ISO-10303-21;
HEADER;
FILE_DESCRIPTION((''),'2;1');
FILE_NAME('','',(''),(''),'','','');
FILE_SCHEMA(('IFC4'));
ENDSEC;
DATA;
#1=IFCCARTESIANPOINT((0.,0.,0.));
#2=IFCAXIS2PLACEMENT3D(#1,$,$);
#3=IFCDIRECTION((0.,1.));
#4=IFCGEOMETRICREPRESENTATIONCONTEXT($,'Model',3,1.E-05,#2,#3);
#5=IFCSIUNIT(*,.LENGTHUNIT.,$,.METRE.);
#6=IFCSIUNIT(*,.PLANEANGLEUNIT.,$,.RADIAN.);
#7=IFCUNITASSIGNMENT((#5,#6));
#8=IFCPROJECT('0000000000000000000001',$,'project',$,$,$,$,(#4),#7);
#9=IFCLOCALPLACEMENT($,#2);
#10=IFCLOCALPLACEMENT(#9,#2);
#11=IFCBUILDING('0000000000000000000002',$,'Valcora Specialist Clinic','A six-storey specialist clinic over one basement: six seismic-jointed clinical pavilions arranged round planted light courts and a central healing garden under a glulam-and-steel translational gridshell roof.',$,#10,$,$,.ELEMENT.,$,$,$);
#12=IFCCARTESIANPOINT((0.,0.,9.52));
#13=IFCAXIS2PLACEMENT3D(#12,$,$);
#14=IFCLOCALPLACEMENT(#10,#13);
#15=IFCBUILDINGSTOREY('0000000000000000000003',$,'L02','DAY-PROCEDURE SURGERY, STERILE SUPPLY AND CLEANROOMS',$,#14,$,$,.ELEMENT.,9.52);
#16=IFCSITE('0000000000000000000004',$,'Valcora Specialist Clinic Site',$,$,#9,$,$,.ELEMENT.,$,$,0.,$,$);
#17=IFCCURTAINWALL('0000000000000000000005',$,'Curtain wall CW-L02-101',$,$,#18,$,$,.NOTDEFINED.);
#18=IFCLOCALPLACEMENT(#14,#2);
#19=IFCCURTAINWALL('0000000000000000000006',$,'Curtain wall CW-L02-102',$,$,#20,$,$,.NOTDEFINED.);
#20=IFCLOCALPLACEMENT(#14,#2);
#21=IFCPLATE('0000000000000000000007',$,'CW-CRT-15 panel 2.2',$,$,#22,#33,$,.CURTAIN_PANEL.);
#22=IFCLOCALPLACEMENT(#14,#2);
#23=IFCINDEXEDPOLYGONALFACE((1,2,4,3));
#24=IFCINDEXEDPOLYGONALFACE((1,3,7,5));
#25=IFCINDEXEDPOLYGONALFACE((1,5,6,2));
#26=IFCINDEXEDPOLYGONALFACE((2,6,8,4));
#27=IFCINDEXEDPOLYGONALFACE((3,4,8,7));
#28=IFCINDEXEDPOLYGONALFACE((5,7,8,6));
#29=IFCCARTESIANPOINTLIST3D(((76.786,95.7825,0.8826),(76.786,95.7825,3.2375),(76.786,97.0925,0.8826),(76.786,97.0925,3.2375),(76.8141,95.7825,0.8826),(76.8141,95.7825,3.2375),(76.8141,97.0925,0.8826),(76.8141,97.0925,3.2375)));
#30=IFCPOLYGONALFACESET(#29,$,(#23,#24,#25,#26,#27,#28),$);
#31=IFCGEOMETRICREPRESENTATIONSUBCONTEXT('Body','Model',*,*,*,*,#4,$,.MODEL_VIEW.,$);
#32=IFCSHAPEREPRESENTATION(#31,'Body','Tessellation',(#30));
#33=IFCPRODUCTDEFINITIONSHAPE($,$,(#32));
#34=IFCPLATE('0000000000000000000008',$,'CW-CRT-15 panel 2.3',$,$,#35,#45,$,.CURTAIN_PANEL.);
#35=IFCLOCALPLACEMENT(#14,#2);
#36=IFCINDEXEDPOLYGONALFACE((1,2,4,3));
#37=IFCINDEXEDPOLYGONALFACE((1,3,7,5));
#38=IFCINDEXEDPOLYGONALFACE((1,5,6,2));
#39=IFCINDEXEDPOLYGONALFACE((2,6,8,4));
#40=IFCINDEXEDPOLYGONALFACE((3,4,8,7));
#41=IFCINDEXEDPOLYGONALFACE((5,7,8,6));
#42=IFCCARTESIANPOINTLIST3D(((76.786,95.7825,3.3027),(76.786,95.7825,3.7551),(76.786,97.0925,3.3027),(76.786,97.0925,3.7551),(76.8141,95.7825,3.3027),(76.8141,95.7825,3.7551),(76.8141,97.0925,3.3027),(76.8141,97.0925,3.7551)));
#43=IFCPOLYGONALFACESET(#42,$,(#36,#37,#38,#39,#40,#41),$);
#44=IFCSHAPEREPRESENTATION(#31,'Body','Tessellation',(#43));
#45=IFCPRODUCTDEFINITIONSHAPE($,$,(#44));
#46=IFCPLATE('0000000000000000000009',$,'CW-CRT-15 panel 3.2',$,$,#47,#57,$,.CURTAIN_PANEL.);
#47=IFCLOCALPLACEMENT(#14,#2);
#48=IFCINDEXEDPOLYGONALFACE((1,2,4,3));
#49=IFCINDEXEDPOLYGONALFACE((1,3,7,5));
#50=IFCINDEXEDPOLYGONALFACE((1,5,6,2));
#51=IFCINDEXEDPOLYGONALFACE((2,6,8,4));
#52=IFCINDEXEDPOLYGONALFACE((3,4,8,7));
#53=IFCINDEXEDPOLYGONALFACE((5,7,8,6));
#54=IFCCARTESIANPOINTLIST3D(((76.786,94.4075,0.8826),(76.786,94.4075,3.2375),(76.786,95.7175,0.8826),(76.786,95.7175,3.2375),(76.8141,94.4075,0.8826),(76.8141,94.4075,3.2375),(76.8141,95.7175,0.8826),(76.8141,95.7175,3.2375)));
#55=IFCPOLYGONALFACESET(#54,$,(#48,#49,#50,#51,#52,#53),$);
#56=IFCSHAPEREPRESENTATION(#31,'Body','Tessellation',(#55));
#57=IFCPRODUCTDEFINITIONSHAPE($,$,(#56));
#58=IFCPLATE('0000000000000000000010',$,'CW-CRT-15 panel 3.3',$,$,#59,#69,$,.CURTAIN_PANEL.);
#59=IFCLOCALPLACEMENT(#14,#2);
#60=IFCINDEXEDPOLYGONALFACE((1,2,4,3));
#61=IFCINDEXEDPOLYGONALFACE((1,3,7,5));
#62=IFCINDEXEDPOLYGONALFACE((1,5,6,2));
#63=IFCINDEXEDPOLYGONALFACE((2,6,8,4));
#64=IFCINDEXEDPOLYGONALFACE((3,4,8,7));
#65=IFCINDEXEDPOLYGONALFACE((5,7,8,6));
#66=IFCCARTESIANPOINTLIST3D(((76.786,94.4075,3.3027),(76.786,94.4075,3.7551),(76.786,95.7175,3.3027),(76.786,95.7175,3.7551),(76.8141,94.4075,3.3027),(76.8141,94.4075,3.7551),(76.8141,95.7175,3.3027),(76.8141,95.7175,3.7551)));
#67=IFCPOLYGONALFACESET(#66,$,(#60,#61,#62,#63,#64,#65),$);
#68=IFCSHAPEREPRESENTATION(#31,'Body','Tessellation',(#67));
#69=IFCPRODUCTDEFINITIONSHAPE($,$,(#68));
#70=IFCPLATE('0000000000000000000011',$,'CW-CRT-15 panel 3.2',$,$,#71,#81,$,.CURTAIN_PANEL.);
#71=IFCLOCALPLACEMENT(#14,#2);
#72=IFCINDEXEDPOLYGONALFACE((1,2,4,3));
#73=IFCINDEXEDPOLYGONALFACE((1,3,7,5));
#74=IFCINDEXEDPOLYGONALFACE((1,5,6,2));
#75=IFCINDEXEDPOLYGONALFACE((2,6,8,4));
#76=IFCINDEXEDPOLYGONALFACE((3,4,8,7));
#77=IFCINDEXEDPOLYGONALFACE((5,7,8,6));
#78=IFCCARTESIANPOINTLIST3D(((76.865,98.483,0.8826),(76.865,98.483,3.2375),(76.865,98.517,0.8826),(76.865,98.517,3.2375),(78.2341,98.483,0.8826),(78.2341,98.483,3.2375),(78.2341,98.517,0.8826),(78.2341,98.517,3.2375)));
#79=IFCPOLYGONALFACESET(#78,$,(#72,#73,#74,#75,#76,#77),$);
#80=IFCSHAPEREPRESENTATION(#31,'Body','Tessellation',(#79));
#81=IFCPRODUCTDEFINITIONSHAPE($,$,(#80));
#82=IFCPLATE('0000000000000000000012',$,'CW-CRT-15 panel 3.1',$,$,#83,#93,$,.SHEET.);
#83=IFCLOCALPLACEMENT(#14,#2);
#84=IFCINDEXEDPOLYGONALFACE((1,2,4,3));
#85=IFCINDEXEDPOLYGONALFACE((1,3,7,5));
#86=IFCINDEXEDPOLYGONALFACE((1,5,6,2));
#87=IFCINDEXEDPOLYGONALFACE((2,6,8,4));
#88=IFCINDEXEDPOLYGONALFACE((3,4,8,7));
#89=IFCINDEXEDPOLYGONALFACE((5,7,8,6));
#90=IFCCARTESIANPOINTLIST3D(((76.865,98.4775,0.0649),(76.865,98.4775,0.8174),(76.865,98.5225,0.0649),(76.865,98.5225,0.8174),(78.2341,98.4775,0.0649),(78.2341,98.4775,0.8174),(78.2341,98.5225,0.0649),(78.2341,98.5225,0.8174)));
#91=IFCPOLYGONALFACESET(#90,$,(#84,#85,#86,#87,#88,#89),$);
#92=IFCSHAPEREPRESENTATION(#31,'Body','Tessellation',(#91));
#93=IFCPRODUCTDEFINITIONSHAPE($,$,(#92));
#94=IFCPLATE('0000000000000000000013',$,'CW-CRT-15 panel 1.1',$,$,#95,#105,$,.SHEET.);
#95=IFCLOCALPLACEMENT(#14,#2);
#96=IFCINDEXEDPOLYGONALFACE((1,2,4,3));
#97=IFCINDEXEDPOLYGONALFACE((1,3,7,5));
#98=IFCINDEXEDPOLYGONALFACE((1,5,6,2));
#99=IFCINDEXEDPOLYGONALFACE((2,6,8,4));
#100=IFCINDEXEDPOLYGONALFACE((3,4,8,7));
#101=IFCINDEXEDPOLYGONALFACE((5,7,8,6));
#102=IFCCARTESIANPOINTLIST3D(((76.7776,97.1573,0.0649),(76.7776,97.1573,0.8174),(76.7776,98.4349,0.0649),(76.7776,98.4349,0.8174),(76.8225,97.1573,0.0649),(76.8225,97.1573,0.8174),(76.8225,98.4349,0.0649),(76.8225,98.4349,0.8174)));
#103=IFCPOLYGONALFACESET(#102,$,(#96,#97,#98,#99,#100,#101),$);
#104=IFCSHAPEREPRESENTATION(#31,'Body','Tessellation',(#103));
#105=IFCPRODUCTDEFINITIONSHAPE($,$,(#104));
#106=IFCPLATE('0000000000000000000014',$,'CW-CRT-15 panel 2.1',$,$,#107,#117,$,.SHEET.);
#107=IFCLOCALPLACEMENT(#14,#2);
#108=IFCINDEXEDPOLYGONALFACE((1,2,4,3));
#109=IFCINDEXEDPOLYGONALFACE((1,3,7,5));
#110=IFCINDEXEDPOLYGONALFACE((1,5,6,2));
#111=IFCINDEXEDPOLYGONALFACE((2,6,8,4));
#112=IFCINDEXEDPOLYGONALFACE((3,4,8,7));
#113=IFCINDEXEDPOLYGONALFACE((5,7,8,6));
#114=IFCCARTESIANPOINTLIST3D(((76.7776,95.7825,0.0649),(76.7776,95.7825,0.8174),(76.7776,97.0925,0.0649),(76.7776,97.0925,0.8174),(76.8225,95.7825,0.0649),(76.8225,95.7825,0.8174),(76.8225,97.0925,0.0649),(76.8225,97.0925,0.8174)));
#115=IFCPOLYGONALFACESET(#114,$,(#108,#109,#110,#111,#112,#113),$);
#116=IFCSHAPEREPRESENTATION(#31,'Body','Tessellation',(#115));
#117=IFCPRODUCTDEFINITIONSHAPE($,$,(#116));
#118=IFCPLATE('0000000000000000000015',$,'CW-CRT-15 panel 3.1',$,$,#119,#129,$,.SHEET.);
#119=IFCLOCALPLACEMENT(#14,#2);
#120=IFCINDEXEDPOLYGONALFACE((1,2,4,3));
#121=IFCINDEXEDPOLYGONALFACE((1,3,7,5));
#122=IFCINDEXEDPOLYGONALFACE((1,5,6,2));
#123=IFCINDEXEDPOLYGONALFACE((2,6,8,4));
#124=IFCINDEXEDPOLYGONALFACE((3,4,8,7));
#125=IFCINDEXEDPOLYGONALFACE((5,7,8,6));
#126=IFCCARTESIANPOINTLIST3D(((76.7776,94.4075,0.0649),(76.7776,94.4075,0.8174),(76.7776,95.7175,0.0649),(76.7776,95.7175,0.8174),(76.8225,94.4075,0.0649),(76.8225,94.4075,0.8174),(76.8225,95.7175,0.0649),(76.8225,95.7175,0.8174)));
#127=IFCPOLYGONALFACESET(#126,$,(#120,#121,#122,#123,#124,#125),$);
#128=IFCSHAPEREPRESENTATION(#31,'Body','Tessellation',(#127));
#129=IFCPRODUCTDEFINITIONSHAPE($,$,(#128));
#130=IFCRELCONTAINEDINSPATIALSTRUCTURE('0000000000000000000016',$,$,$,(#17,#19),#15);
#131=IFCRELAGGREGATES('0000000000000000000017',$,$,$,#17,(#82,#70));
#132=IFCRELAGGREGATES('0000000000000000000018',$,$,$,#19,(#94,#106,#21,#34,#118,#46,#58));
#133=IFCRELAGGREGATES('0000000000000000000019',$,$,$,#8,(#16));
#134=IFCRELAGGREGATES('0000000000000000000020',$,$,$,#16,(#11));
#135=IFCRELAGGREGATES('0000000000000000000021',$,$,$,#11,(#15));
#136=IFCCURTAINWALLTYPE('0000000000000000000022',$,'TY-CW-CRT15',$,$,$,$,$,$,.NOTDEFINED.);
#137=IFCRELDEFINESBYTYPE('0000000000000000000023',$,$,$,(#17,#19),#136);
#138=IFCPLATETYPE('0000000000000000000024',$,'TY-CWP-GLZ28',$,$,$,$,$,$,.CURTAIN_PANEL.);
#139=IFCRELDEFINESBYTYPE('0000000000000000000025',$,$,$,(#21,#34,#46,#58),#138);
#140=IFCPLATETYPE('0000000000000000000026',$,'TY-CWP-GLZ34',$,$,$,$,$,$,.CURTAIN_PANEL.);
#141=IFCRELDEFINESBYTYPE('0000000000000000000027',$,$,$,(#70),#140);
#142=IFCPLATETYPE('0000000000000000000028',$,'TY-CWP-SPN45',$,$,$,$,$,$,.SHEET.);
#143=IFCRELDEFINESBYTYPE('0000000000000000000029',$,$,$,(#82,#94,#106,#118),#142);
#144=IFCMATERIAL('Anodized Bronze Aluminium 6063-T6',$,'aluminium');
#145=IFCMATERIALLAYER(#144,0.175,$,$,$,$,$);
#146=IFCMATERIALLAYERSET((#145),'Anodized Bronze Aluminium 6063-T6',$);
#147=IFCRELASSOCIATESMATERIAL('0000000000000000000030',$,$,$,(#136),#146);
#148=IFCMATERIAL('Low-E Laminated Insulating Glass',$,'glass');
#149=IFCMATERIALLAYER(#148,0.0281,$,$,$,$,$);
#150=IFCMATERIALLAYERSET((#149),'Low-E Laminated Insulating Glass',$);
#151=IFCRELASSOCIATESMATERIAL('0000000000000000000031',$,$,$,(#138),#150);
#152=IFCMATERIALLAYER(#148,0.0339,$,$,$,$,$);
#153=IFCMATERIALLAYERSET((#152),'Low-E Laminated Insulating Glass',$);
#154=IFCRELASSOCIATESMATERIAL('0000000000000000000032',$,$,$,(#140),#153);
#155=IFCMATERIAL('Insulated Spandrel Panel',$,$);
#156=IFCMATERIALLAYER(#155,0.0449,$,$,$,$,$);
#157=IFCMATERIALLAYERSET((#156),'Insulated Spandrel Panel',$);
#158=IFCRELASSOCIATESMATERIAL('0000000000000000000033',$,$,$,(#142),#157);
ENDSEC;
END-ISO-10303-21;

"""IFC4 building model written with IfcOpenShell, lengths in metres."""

from ifc_helpers import new_model, si_unit, direction, frame, origin, origin_2d, place, context, subcontext, project, spatial, rectangle, extrude, material, layer, layer_set, type_object, element, aggregate, save


model = new_model("IFC4")

# Units and contexts
model_context = context("Model", 3, precision=1e-05, world=origin(), true_north=direction((0.0, 1.0)))
body_context = subcontext(model_context, "Body", "Model", "MODEL_VIEW")
ifc_project = project(units=[si_unit("LENGTHUNIT", "METRE"), si_unit("PLANEANGLEUNIT", "RADIAN")], contexts=[model_context])

# Site, building, storey
site_placement = place(None, origin())
site = spatial("IfcSite", under=ifc_project, at=site_placement, Name="Valcora Specialist Clinic Site", CompositionType="ELEMENT", RefElevation=0.0)
building_placement = place(site_placement, origin())
building = spatial("IfcBuilding", under=site, at=building_placement, Name="Valcora Specialist Clinic", Description="A six-storey specialist clinic over one basement: six seismic-jointed clinical pavilions arranged round planted light courts and a central healing garden under a glulam-and-steel translational gridshell roof.", CompositionType="ELEMENT")
storey_placement = place(building_placement, frame((0.0, 0.0, 9.52)))
storey = spatial("IfcBuildingStorey", under=building, at=storey_placement, Name="L02", Description="DAY-PROCEDURE SURGERY, STERILE SUPPLY AND CLEANROOMS", CompositionType="ELEMENT", Elevation=9.52)

# Curtain wall
ifc_material_1 = material(Name="Anodized Bronze Aluminium 6063-T6", Category="aluminium")
ifc_layer_1 = layer(ifc_material_1, 0.175)
ifc_layer_set_1 = layer_set([ifc_layer_1], Name="Anodized Bronze Aluminium 6063-T6")
curtain_wall_type = type_object("IfcCurtainWallType", Name="TY-CW-CRT15", PredefinedType="NOTDEFINED", material=ifc_layer_set_1)
curtain_wall_1_placement = place(storey_placement, origin())
curtain_wall_1 = element("IfcCurtainWall", 1, at=curtain_wall_1_placement, inside=storey, type_object=curtain_wall_type, Name="Curtain wall CW-L02-101", PredefinedType="NOTDEFINED")

# Curtain wall, plates
curtain_wall_2_placement = place(storey_placement, origin())
curtain_wall_2 = element("IfcCurtainWall", 2, at=curtain_wall_2_placement, inside=storey, type_object=curtain_wall_type, Name="Curtain wall CW-L02-102", PredefinedType="NOTDEFINED")
ifc_material_2 = material(Name="Low-E Laminated Insulating Glass", Category="glass")
ifc_layer_2 = layer(ifc_material_2, 0.0281)
ifc_layer_set_2 = layer_set([ifc_layer_2], Name="Low-E Laminated Insulating Glass")
plate_type_1 = type_object("IfcPlateType", Name="TY-CWP-GLZ28", PredefinedType="CURTAIN_PANEL", material=ifc_layer_set_2)
plate_1_placement = place(storey_placement, frame((76.8, 96.4375, 0.8826), z_axis=(0.0, 0.0, 1.0), x_axis=(0.0, -1.0, 0.0)))
plate_1 = element("IfcPlate", 3, at=plate_1_placement, type_object=plate_type_1, Name="CW-CRT-15 panel 2.2", PredefinedType="CURTAIN_PANEL", context=body_context, shape_type="SweptSolid", body=[
    extrude(rectangle(XDim=1.3101, YDim=0.0281, at=origin_2d()), origin(), (0.0, 0.0, 1.0), 2.355),
])
plate_2_placement = place(storey_placement, frame((76.8, 96.4375, 3.3027), z_axis=(0.0, 0.0, 1.0), x_axis=(0.0, -1.0, 0.0)))
plate_2 = element("IfcPlate", 4, at=plate_2_placement, type_object=plate_type_1, Name="CW-CRT-15 panel 2.3", PredefinedType="CURTAIN_PANEL", context=body_context, shape_type="SweptSolid", body=[
    extrude(rectangle(XDim=1.3101, YDim=0.0281, at=origin_2d()), origin(), (0.0, 0.0, 1.0), 0.4524),
])
plate_3_placement = place(storey_placement, frame((76.8, 95.0625, 0.8826), z_axis=(0.0, 0.0, 1.0), x_axis=(0.0, -1.0, 0.0)))
plate_3 = element("IfcPlate", 5, at=plate_3_placement, type_object=plate_type_1, Name="CW-CRT-15 panel 3.2", PredefinedType="CURTAIN_PANEL", context=body_context, shape_type="SweptSolid", body=[
    extrude(rectangle(XDim=1.3101, YDim=0.0281, at=origin_2d()), origin(), (0.0, 0.0, 1.0), 2.355),
])
plate_4_placement = place(storey_placement, frame((76.8, 95.0625, 3.3027), z_axis=(0.0, 0.0, 1.0), x_axis=(0.0, -1.0, 0.0)))
plate_4 = element("IfcPlate", 6, at=plate_4_placement, type_object=plate_type_1, Name="CW-CRT-15 panel 3.3", PredefinedType="CURTAIN_PANEL", context=body_context, shape_type="SweptSolid", body=[
    extrude(rectangle(XDim=1.3101, YDim=0.0281, at=origin_2d()), origin(), (0.0, 0.0, 1.0), 0.4524),
])

# Plates
ifc_layer_3 = layer(ifc_material_2, 0.0339)
ifc_layer_set_3 = layer_set([ifc_layer_3], Name="Low-E Laminated Insulating Glass")
plate_type_2 = type_object("IfcPlateType", Name="TY-CWP-GLZ34", PredefinedType="CURTAIN_PANEL", material=ifc_layer_set_3)
plate_5_placement = place(storey_placement, frame((77.5496, 98.5, 0.8826), z_axis=(0.0, 0.0, 1.0), x_axis=(-1.0, 0.0, 0.0)))
plate_5 = element("IfcPlate", 7, at=plate_5_placement, type_object=plate_type_2, Name="CW-CRT-15 panel 3.2", PredefinedType="CURTAIN_PANEL", context=body_context, shape_type="SweptSolid", body=[
    extrude(rectangle(XDim=1.3691, YDim=0.0339, at=origin_2d()), origin(), (0.0, 0.0, 1.0), 2.355),
])
ifc_material_3 = material(Name="Insulated Spandrel Panel")
ifc_layer_4 = layer(ifc_material_3, 0.0449)
ifc_layer_set_4 = layer_set([ifc_layer_4], Name="Insulated Spandrel Panel")
plate_type_3 = type_object("IfcPlateType", Name="TY-CWP-SPN45", PredefinedType="SHEET", material=ifc_layer_set_4)
plate_6_placement = place(storey_placement, frame((77.5496, 98.5, 0.0649), z_axis=(0.0, 0.0, 1.0), x_axis=(-1.0, 0.0, 0.0)))
plate_6 = element("IfcPlate", 8, at=plate_6_placement, type_object=plate_type_3, Name="CW-CRT-15 panel 3.1", PredefinedType="SHEET", context=body_context, shape_type="SweptSolid", body=[
    extrude(rectangle(XDim=1.3691, YDim=0.0449, at=origin_2d()), origin(), (0.0, 0.0, 1.0), 0.7524),
])
aggregate(curtain_wall_1, [plate_6, plate_5])
plate_7_placement = place(storey_placement, frame((76.8, 97.7961, 0.0649), z_axis=(0.0, 0.0, 1.0), x_axis=(0.0, -1.0, 0.0)))
plate_7 = element("IfcPlate", 9, at=plate_7_placement, type_object=plate_type_3, Name="CW-CRT-15 panel 1.1", PredefinedType="SHEET", context=body_context, shape_type="SweptSolid", body=[
    extrude(rectangle(XDim=1.2776, YDim=0.0449, at=origin_2d()), origin(), (0.0, 0.0, 1.0), 0.7524),
])
plate_8_placement = place(storey_placement, frame((76.8, 96.4375, 0.0649), z_axis=(0.0, 0.0, 1.0), x_axis=(0.0, -1.0, 0.0)))
plate_8 = element("IfcPlate", 10, at=plate_8_placement, type_object=plate_type_3, Name="CW-CRT-15 panel 2.1", PredefinedType="SHEET", context=body_context, shape_type="SweptSolid", body=[
    extrude(rectangle(XDim=1.3101, YDim=0.0449, at=origin_2d()), origin(), (0.0, 0.0, 1.0), 0.7524),
])
plate_9_placement = place(storey_placement, frame((76.8, 95.0625, 0.0649), z_axis=(0.0, 0.0, 1.0), x_axis=(0.0, -1.0, 0.0)))
plate_9 = element("IfcPlate", 11, at=plate_9_placement, type_object=plate_type_3, Name="CW-CRT-15 panel 3.1", PredefinedType="SHEET", context=body_context, shape_type="SweptSolid", body=[
    extrude(rectangle(XDim=1.3101, YDim=0.0449, at=origin_2d()), origin(), (0.0, 0.0, 1.0), 0.7524),
])
aggregate(curtain_wall_2, [plate_7, plate_8, plate_1, plate_2, plate_9, plate_3, plate_4])

save(model, "model.ifc")
